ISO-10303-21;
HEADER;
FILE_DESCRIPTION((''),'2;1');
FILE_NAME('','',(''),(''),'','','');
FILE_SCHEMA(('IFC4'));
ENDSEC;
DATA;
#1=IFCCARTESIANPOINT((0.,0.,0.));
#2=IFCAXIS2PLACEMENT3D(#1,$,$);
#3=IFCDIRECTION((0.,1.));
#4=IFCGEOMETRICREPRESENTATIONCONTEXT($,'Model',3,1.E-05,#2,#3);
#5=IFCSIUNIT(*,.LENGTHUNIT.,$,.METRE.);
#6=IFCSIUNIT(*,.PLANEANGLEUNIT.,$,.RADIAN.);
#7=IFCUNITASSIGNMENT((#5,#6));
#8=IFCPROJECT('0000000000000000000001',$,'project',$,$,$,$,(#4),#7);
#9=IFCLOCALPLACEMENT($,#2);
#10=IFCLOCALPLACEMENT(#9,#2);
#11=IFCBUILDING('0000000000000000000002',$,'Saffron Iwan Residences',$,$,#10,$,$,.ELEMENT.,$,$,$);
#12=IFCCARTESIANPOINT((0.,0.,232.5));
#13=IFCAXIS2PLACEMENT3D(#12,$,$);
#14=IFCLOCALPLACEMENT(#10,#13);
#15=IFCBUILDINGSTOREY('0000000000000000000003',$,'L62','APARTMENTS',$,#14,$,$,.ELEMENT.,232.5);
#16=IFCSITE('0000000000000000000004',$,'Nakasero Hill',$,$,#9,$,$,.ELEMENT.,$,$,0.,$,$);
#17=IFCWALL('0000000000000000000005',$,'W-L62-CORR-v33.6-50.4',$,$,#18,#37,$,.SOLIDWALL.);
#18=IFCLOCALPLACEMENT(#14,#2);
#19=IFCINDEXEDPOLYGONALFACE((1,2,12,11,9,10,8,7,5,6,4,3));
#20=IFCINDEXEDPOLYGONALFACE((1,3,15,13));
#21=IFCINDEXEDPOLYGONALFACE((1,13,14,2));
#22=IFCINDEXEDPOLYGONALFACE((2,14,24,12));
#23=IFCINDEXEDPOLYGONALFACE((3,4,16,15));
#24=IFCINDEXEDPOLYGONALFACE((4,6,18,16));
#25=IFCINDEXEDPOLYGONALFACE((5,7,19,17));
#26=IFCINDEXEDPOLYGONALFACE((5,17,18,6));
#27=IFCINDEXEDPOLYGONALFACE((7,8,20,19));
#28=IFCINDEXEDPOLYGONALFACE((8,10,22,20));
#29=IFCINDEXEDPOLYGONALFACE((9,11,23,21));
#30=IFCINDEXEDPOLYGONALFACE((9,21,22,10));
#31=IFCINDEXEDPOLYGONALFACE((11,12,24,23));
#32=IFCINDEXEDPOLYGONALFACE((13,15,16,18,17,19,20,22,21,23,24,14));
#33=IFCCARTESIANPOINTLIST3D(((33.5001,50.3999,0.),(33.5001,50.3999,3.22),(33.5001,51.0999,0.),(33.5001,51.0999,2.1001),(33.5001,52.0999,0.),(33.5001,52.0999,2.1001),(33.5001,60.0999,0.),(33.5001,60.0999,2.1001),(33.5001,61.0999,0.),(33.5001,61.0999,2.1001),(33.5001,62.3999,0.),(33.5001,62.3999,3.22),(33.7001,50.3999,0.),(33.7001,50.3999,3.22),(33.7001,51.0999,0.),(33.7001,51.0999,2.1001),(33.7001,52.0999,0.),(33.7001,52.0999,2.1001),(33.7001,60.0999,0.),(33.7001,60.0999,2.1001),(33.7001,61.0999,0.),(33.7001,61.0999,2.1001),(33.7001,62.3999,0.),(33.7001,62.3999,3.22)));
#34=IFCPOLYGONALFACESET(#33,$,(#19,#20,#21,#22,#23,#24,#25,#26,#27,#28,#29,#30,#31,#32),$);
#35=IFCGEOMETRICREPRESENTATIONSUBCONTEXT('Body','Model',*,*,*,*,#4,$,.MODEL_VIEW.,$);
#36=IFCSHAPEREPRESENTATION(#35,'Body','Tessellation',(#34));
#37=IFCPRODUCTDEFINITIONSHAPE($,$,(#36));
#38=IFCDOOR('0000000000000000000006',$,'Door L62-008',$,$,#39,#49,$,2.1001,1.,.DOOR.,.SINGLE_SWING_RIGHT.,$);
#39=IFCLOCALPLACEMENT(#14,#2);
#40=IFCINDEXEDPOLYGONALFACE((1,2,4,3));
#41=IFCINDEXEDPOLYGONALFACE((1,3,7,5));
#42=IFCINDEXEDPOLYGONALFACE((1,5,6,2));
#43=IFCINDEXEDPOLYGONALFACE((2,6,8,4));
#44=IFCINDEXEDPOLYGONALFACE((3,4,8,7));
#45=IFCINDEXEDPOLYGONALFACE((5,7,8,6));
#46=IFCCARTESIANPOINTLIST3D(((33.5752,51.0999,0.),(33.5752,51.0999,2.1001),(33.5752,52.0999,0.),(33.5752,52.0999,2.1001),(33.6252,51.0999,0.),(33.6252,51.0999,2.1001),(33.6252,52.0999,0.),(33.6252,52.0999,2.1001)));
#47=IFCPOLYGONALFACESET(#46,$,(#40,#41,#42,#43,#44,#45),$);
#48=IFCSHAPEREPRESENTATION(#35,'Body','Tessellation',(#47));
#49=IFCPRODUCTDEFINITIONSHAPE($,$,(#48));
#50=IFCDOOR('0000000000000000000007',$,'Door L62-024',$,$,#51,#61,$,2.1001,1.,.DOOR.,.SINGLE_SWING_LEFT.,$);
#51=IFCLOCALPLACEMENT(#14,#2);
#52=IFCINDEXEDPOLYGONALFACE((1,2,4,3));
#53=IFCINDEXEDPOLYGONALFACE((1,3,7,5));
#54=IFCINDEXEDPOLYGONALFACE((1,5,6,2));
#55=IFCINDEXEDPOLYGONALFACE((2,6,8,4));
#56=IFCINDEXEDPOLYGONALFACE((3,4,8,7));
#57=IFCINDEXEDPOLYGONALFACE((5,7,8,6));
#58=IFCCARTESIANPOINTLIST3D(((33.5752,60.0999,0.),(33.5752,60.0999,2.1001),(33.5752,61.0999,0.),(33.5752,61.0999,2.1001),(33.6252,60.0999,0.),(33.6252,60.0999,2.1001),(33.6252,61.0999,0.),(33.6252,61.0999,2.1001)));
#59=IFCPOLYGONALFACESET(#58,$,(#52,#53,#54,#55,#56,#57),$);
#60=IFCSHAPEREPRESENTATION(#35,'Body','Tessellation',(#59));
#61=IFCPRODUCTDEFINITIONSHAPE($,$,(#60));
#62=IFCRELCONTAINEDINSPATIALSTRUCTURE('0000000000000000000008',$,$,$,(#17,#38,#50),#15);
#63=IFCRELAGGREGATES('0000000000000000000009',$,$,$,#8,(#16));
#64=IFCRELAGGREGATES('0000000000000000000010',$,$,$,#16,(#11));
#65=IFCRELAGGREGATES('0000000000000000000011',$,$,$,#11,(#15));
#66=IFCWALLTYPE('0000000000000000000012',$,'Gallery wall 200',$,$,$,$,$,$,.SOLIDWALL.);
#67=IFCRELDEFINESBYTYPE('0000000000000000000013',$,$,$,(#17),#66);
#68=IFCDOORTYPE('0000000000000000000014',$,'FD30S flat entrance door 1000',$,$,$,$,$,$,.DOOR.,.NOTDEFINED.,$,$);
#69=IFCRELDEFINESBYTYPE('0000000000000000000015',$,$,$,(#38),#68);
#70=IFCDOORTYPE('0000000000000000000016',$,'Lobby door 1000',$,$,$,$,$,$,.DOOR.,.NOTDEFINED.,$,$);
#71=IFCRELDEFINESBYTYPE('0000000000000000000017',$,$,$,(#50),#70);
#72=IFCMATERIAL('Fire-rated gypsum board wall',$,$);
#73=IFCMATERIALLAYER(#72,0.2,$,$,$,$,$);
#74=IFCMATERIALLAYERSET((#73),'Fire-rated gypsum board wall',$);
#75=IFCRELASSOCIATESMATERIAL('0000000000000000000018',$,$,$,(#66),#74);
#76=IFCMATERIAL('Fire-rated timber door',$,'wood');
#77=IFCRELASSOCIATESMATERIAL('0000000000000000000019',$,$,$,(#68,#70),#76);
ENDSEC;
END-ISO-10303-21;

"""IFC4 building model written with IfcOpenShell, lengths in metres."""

from ifc_helpers import new_model, si_unit, direction, frame, frame_2d, origin, place, context, subcontext, project, spatial, rectangle, extrude, material, layer, layer_set, type_object, element, fill, save


model = new_model("IFC4")

# Units and contexts
model_context = context("Model", 3, precision=1e-05, world=origin(), true_north=direction((0.0, 1.0)))
body_context = subcontext(model_context, "Body", "Model", "MODEL_VIEW")
ifc_project = project(units=[si_unit("LENGTHUNIT", "METRE"), si_unit("PLANEANGLEUNIT", "RADIAN")], contexts=[model_context])

# Site, building, storey
site_placement = place(None, origin())
site = spatial("IfcSite", under=ifc_project, at=site_placement, Name="Nakasero Hill", CompositionType="ELEMENT", RefElevation=0.0)
building_placement = place(site_placement, origin())
building = spatial("IfcBuilding", under=site, at=building_placement, Name="Saffron Iwan Residences", CompositionType="ELEMENT")
storey_placement = place(building_placement, frame((0.0, 0.0, 232.5)))
storey = spatial("IfcBuildingStorey", under=building, at=storey_placement, Name="L62", Description="APARTMENTS", CompositionType="ELEMENT", Elevation=232.5)

# Shared definitions
ifc_material_1 = material(Name="Fire-rated gypsum board wall")
ifc_layer_1 = layer(ifc_material_1, 0.2)
ifc_layer_set_1 = layer_set([ifc_layer_1], Name="Fire-rated gypsum board wall")
wall_type_1 = type_object("IfcWallType", Name="Gallery wall 200", PredefinedType="SOLIDWALL", material=ifc_layer_set_1)
ifc_material_2 = material(Name="Fire-rated timber door", Category="wood")
door_type_1 = type_object("IfcDoorType", Name="FD30S flat entrance door 1000", OperationType="NOTDEFINED", PredefinedType="DOOR", material=ifc_material_2)

# Wall, openings, doors
wall_1_placement = place(storey_placement, frame((33.6001, 50.3999, 0.0), z_axis=(0.0, 0.0, 1.0), x_axis=(0.0, 1.0, 0.0)))
wall_1 = element("IfcWall", 1, at=wall_1_placement, inside=storey, type_object=wall_type_1, Name="W-L62-CORR-v33.6-50.4", PredefinedType="SOLIDWALL", context=body_context, shape_type="SweptSolid", body=[
    extrude(rectangle(XDim=12.0, YDim=0.2, at=frame_2d((6.0, 0.0))), origin(), (0.0, 0.0, 1.0), 3.22),
])
opening_1_placement = place(wall_1_placement, frame((0.7, 0.0, 0.0)))
opening_1 = element("IfcOpeningElement", 2, at=opening_1_placement, cuts=wall_1, PredefinedType="OPENING", context=body_context, shape_type="SweptSolid", body=[
    extrude(rectangle(XDim=1.0, YDim=2.1001, at=frame_2d((0.5, 1.05))), frame((0.0, 0.1099, 0.0), z_axis=(0.0, -1.0, 0.0), x_axis=(1.0, 0.0, 0.0)), (0.0, 0.0, 1.0), 0.22),
])
opening_2_placement = place(wall_1_placement, frame((9.7, 0.0, 0.0)))
opening_2 = element("IfcOpeningElement", 3, at=opening_2_placement, cuts=wall_1, PredefinedType="OPENING", context=body_context, shape_type="SweptSolid", body=[
    extrude(rectangle(XDim=1.0, YDim=2.1001, at=frame_2d((0.5, 1.05))), frame((0.0, 0.1099, 0.0), z_axis=(0.0, -1.0, 0.0), x_axis=(1.0, 0.0, 0.0)), (0.0, 0.0, 1.0), 0.22),
])
door_1_placement = place(opening_1_placement, origin())
door_1 = element("IfcDoor", 4, at=door_1_placement, inside=storey, type_object=door_type_1, Name="Door L62-008", OperationType="SINGLE_SWING_RIGHT", OverallHeight=2.1001, OverallWidth=1.0, PredefinedType="DOOR", context=body_context, shape_type="SweptSolid", body=[
    extrude(rectangle(XDim=1.0, YDim=2.1001, at=frame_2d((0.5, 1.05))), frame((0.0, 0.0249, 0.0), z_axis=(0.0, -1.0, 0.0), x_axis=(1.0, 0.0, 0.0)), (0.0, 0.0, 1.0), 0.05),
])
fill(opening_1, door_1)
door_type_2 = type_object("IfcDoorType", Name="Lobby door 1000", OperationType="NOTDEFINED", PredefinedType="DOOR", material=ifc_material_2)
door_2_placement = place(opening_2_placement, origin())
door_2 = element("IfcDoor", 5, at=door_2_placement, inside=storey, type_object=door_type_2, Name="Door L62-024", OperationType="SINGLE_SWING_LEFT", OverallHeight=2.1001, OverallWidth=1.0, PredefinedType="DOOR", context=body_context, shape_type="SweptSolid", body=[
    extrude(rectangle(XDim=1.0, YDim=2.1001, at=frame_2d((0.5, 1.05))), frame((0.0, 0.0249, 0.0), z_axis=(0.0, -1.0, 0.0), x_axis=(1.0, 0.0, 0.0)), (0.0, 0.0, 1.0), 0.05),
])
fill(opening_2, door_2)

save(model, "model.ifc")
